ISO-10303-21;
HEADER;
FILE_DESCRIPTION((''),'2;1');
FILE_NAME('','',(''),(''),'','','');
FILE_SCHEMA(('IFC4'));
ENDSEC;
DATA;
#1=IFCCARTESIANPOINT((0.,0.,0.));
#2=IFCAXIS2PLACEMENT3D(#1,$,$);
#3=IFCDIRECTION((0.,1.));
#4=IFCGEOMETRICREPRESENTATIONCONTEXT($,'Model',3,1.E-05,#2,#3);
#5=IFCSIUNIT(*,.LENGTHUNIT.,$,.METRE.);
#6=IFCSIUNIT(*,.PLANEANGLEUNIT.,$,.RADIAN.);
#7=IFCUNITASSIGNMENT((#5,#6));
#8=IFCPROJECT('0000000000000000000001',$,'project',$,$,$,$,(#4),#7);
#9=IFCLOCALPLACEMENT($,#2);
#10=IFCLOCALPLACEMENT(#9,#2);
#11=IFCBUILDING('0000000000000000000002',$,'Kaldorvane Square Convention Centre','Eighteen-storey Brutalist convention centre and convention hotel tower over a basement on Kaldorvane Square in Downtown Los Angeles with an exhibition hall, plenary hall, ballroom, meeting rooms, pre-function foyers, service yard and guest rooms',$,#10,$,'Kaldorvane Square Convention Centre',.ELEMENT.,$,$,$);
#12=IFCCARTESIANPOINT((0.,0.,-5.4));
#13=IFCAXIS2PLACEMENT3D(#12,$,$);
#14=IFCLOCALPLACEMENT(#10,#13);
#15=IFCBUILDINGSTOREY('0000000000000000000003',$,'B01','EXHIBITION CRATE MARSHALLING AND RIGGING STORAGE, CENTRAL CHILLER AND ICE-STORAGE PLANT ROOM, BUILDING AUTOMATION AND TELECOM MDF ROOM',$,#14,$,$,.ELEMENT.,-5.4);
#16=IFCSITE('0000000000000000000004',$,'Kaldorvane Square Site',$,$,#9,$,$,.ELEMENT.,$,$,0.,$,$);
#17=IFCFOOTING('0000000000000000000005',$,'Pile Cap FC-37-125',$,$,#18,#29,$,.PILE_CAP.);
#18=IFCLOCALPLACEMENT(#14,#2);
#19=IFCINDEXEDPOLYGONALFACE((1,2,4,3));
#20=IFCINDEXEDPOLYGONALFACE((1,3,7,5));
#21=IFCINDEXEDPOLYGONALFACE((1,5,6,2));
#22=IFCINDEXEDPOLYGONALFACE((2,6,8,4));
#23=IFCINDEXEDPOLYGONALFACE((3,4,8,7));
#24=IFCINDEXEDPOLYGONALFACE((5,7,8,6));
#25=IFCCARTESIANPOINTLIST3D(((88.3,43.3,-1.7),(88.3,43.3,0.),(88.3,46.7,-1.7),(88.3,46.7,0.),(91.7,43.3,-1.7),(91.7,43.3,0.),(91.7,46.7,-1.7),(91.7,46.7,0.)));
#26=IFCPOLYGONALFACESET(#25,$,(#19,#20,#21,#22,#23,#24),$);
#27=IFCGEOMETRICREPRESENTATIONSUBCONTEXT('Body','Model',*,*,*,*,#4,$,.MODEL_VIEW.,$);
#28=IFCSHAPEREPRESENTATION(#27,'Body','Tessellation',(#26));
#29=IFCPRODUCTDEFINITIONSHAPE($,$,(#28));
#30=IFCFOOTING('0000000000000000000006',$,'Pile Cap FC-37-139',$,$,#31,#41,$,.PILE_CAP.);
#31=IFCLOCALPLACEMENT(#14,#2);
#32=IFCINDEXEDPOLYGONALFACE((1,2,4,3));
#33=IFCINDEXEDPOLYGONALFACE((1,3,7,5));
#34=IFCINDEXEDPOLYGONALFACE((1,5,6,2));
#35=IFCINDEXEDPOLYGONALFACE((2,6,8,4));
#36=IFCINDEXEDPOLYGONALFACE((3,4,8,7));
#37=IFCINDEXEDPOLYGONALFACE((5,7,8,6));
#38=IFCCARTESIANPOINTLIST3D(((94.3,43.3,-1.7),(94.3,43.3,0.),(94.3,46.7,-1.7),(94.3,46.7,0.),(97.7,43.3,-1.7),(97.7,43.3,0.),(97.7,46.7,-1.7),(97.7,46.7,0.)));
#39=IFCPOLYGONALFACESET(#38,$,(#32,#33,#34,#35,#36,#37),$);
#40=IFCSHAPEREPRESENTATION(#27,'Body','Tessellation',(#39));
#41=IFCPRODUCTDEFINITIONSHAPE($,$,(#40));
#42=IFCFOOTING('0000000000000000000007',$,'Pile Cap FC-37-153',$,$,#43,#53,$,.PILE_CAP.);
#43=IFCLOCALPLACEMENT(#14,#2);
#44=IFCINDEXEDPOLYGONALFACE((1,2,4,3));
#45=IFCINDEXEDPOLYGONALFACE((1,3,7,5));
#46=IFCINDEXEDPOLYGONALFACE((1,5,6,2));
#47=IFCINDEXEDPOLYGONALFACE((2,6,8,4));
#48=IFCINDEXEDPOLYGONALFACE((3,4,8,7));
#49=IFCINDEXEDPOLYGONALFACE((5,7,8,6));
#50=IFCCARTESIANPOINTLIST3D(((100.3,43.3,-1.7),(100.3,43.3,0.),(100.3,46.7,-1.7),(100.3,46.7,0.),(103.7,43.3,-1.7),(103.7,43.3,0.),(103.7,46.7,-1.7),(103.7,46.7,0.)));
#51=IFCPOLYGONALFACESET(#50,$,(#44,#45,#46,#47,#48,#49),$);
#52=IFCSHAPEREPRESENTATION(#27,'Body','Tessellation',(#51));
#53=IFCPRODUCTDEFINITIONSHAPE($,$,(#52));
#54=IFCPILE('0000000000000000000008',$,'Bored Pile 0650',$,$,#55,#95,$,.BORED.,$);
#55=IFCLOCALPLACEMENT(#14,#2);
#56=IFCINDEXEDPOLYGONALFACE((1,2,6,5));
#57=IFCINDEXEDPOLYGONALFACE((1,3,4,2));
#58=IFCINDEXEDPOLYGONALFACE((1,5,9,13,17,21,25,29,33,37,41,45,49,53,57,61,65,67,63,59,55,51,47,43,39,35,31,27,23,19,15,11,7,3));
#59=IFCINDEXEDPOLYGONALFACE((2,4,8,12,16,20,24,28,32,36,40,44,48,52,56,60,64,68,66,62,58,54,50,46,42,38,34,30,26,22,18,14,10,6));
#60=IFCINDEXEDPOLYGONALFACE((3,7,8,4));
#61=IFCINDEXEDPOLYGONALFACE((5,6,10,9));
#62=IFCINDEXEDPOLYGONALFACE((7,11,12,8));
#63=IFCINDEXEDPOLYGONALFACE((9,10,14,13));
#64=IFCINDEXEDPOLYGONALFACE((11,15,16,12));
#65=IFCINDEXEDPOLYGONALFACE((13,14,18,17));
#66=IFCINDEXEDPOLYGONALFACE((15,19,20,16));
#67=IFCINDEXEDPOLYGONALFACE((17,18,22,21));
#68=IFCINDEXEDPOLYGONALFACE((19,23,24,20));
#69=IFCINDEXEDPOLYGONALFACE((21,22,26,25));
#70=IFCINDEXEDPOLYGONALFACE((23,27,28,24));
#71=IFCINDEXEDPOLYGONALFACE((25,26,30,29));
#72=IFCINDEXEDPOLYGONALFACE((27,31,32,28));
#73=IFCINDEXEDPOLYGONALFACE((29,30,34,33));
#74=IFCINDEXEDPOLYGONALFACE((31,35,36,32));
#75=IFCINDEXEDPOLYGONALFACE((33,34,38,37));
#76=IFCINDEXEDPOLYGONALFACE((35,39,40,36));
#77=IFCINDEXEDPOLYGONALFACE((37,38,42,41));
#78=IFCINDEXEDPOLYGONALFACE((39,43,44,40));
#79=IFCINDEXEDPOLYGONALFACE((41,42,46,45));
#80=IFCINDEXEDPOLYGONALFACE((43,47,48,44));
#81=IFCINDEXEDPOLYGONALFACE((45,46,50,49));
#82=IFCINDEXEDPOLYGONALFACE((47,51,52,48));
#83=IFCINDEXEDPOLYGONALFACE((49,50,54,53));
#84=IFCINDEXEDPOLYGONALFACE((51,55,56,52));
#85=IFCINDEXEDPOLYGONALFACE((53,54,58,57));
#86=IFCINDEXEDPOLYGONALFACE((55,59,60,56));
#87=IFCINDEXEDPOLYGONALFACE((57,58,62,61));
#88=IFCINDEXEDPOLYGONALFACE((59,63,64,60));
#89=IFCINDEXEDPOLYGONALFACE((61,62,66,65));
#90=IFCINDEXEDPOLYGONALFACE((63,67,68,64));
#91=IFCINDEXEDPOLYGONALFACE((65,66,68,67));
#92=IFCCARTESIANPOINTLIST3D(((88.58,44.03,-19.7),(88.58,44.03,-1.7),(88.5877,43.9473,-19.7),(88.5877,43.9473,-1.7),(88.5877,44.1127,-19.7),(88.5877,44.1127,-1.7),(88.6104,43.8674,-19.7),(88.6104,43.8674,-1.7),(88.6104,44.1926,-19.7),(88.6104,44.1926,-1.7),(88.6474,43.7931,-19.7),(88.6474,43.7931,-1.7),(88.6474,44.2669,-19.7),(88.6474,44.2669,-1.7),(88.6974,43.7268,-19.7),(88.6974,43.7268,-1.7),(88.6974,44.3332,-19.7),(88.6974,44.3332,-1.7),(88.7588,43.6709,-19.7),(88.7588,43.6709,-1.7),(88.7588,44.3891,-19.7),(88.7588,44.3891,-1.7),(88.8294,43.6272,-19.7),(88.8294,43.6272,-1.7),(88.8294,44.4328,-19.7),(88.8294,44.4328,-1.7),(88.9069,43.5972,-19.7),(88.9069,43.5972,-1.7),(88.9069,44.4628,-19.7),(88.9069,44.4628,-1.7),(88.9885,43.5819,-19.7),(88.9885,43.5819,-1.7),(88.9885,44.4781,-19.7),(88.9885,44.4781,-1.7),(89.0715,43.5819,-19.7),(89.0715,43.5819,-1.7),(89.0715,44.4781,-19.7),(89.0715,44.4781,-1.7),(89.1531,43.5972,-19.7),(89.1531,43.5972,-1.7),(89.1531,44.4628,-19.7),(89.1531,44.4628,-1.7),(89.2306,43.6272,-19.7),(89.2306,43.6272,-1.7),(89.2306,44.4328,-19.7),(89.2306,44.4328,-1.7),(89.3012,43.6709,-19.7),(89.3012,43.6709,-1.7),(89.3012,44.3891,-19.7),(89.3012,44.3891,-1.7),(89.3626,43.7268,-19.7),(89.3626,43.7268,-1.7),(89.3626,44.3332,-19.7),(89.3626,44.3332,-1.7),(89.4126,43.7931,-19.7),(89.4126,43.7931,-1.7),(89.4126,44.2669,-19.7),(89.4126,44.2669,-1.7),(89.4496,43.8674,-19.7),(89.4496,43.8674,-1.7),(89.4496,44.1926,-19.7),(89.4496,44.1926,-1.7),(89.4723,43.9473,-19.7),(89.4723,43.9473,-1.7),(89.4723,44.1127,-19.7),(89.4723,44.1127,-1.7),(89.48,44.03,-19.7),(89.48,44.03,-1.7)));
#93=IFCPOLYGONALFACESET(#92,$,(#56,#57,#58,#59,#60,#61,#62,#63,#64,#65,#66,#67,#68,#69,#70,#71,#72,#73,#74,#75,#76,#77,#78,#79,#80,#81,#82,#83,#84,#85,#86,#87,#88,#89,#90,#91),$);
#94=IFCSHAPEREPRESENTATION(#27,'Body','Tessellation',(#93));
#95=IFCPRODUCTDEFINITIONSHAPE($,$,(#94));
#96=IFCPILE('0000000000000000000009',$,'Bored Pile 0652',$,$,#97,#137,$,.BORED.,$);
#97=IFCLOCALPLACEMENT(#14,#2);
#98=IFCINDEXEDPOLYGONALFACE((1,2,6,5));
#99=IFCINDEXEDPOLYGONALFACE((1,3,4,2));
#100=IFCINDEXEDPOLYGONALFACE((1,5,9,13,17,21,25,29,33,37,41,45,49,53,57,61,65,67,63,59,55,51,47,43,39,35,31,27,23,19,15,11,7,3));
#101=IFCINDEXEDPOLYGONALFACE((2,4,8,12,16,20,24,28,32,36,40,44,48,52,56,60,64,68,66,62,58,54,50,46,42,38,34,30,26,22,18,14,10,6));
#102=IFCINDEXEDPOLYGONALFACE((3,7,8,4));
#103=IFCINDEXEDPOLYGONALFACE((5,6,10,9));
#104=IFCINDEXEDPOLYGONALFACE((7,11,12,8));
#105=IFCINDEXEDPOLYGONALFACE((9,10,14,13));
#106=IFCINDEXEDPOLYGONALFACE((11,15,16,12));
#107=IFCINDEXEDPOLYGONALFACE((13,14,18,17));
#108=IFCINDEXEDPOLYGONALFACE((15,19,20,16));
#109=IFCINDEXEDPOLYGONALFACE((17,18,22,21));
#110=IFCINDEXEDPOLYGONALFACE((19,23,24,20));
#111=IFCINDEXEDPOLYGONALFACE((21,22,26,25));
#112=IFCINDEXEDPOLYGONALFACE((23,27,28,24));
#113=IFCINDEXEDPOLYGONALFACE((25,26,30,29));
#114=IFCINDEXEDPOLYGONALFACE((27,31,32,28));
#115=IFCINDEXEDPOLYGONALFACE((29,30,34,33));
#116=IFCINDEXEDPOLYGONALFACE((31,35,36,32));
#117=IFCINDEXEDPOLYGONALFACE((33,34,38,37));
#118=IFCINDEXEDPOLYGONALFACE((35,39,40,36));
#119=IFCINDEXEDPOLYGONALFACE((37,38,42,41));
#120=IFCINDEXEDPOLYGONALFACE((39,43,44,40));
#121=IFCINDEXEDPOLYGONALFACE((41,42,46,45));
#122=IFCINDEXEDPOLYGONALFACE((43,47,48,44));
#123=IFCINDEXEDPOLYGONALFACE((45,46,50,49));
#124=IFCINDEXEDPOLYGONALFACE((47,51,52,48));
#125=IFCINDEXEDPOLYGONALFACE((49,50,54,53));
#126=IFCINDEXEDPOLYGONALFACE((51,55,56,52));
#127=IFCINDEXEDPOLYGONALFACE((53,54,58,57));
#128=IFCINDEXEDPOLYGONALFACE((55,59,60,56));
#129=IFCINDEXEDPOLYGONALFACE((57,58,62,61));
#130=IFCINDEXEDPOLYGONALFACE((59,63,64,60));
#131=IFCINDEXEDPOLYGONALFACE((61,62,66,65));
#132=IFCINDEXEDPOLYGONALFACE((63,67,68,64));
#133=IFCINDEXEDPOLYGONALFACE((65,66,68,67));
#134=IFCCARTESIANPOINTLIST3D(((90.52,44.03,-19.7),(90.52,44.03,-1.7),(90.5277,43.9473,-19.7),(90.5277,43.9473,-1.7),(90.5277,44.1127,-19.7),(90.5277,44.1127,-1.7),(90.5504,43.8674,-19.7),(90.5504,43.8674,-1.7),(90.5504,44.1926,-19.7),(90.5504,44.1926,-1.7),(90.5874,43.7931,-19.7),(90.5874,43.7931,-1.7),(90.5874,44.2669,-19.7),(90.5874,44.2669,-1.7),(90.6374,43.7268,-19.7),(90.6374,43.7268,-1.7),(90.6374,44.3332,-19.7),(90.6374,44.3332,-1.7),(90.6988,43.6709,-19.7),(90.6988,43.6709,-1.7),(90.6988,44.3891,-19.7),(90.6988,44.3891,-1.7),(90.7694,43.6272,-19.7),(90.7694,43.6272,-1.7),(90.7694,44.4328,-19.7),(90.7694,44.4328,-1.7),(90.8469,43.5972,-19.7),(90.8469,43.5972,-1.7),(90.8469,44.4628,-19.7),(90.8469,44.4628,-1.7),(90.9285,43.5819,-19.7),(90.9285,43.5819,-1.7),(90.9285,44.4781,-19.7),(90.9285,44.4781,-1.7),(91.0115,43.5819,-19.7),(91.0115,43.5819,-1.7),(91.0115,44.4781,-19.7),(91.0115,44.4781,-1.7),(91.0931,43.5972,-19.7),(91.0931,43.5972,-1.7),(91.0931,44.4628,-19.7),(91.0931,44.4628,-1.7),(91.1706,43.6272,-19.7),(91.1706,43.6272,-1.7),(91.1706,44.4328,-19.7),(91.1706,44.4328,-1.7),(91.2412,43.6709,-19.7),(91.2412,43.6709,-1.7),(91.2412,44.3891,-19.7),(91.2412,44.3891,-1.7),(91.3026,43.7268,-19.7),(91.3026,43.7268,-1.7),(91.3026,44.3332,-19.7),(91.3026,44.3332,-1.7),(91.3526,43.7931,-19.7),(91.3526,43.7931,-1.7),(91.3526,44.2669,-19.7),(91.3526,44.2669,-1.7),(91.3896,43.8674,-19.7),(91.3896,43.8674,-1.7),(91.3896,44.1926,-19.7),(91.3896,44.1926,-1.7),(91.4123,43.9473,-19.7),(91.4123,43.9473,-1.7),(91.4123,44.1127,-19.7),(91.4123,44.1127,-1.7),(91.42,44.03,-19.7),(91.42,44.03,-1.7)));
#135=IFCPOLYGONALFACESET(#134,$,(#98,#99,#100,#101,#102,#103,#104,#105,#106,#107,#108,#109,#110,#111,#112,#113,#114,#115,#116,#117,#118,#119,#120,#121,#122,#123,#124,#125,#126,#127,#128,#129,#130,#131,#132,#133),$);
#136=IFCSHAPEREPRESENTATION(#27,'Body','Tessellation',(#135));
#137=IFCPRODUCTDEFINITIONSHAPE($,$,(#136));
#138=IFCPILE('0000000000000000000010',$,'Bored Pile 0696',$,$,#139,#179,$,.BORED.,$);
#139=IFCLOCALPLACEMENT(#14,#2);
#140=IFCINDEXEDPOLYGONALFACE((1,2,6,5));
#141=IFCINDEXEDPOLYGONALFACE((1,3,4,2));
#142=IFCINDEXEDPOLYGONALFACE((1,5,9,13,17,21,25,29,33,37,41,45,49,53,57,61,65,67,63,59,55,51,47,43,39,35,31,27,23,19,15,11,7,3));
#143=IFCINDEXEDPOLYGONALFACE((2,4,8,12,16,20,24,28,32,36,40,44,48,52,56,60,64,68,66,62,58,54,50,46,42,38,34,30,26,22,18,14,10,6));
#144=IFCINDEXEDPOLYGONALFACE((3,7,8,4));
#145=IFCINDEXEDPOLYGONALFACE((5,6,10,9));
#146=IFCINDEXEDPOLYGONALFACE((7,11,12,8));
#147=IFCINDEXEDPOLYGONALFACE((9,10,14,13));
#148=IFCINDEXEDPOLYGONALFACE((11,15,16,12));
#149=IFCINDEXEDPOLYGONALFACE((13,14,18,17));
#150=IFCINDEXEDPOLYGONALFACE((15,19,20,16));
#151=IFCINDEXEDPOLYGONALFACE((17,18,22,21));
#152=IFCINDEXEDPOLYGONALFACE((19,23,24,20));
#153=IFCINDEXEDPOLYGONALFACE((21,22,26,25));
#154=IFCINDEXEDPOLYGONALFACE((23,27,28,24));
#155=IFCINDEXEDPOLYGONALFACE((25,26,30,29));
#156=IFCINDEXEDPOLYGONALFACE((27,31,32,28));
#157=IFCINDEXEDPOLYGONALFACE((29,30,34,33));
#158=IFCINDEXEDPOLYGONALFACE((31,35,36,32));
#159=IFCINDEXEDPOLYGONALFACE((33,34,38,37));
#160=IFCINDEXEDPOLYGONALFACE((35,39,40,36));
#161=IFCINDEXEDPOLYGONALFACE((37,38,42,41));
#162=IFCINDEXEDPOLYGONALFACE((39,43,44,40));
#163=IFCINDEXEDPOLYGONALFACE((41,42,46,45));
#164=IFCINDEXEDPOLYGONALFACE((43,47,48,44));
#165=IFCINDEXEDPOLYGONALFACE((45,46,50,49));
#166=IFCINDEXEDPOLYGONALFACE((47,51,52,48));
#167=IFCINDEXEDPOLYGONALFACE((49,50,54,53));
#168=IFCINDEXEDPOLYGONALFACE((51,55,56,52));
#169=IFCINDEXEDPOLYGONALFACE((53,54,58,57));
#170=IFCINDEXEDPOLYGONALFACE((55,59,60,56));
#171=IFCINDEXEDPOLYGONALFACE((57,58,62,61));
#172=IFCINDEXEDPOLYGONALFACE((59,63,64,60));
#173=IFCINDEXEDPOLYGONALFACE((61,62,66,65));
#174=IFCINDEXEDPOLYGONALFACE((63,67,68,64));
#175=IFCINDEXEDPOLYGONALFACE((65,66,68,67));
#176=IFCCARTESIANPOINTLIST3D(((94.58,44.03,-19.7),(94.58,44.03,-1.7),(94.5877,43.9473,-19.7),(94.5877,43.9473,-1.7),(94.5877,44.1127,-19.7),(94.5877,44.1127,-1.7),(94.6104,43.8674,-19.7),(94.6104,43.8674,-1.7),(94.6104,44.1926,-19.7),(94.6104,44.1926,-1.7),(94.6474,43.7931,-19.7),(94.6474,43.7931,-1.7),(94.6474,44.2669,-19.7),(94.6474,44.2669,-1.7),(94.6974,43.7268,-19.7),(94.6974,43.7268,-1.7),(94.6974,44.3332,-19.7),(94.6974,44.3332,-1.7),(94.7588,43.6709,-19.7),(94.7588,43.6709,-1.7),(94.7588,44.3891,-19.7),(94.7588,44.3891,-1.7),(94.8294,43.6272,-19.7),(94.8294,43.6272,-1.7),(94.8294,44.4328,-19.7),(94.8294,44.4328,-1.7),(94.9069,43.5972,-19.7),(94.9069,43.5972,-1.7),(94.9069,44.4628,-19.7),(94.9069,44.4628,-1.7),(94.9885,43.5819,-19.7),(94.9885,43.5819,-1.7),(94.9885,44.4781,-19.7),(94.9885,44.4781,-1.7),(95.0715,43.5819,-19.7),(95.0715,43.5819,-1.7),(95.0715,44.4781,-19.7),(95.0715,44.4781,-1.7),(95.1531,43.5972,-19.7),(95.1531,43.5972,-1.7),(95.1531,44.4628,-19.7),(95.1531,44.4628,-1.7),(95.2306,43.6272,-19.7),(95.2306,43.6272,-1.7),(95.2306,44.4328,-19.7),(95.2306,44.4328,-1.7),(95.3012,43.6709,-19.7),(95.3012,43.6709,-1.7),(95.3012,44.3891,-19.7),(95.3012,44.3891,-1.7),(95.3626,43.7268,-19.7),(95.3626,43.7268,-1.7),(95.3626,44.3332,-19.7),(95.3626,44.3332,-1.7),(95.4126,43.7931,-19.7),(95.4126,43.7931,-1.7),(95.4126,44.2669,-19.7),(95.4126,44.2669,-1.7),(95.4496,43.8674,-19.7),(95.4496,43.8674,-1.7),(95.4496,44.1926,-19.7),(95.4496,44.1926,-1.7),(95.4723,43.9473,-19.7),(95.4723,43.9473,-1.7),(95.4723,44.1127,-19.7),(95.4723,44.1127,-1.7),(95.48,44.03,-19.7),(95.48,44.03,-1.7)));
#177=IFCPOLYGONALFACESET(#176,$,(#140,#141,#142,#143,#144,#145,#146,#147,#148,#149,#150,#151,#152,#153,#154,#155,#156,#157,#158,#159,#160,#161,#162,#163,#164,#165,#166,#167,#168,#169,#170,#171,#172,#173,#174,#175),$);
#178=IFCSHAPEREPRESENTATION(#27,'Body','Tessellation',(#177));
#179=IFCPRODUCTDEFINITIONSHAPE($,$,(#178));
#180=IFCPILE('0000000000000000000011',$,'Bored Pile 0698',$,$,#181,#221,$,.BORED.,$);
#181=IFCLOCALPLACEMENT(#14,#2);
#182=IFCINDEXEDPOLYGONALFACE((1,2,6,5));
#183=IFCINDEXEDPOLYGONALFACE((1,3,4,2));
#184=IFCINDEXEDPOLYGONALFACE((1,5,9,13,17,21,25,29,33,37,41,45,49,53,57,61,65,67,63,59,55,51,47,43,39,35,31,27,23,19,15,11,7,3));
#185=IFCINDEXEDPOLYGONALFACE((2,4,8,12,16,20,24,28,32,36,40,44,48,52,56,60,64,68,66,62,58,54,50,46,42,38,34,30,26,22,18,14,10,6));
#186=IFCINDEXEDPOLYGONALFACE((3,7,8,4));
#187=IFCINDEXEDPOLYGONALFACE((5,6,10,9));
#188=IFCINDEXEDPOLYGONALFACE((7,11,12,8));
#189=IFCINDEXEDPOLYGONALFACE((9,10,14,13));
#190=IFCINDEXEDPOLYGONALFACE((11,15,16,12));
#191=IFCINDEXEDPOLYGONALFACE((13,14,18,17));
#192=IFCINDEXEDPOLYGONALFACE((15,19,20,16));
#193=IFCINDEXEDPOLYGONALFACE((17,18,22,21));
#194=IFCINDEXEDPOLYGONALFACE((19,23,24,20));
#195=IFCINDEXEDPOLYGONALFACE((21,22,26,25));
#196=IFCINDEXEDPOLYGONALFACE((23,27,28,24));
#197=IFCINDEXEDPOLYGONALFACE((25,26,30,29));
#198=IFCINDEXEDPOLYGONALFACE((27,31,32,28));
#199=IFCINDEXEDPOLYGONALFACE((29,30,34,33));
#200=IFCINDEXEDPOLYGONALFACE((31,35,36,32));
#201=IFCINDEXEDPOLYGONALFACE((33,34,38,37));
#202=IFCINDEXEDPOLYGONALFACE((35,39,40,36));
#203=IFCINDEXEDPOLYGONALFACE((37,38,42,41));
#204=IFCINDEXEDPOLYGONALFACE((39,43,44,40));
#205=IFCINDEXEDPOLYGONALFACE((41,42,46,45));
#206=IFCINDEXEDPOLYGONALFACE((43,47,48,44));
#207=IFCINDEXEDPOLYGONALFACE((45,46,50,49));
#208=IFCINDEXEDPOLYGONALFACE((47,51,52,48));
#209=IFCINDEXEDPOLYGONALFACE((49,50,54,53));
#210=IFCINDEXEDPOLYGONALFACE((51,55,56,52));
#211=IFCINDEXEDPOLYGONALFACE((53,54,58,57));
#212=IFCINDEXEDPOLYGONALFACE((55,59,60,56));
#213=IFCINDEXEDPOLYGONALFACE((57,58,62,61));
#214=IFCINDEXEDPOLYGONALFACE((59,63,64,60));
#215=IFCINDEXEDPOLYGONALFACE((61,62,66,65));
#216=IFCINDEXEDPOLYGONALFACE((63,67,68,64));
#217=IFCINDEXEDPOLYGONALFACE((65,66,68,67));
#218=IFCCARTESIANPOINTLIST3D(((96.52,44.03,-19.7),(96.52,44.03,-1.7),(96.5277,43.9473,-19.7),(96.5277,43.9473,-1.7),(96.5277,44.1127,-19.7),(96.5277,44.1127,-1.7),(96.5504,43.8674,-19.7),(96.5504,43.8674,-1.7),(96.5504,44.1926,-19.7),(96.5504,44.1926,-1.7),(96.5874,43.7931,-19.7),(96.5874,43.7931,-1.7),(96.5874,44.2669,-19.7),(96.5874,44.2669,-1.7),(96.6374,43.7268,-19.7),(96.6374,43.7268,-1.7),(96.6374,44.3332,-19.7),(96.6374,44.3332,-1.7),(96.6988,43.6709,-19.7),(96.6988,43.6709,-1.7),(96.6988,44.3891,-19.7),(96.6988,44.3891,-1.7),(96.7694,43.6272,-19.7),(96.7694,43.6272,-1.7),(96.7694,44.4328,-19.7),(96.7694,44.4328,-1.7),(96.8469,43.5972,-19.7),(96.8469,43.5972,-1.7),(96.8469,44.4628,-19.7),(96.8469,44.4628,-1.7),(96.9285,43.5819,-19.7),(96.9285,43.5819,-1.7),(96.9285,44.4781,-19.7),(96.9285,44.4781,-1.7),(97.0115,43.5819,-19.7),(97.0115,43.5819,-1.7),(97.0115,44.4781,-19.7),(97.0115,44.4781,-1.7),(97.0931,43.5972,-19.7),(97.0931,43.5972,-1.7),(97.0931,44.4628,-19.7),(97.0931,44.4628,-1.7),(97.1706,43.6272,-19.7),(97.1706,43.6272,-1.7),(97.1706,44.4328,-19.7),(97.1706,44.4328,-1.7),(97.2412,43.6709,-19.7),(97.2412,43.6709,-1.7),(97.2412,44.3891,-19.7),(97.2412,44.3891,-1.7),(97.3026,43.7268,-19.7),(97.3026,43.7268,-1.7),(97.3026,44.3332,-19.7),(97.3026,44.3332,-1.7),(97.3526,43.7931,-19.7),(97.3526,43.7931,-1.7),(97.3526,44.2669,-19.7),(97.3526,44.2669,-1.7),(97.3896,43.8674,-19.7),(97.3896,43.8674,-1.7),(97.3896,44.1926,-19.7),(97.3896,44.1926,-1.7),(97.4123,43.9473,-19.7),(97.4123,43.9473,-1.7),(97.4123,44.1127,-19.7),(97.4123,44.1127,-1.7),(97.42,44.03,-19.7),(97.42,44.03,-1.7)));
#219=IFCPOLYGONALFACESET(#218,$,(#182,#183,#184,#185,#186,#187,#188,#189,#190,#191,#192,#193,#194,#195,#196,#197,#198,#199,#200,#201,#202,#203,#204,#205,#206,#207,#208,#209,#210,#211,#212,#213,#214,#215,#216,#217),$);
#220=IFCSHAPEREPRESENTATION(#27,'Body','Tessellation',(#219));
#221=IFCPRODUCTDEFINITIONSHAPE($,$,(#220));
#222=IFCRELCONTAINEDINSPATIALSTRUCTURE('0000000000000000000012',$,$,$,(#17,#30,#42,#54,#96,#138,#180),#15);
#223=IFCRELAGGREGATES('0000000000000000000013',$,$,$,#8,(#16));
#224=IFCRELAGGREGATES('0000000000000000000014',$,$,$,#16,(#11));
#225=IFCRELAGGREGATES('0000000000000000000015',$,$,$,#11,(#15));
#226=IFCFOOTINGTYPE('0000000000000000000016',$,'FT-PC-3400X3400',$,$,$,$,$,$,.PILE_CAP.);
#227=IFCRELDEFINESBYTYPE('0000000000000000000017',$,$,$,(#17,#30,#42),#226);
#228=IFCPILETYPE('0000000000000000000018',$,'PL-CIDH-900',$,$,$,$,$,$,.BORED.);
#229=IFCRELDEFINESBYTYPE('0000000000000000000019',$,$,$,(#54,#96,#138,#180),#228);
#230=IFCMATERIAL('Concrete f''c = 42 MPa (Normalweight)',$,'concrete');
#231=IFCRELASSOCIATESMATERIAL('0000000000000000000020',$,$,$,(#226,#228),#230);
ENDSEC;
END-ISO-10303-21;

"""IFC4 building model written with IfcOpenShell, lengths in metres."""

from ifc_helpers import new_model, si_unit, direction, frame, origin, origin_2d, place, context, subcontext, project, spatial, rectangle, circle, extrude, material, material_profile, profile_set, type_object, element, save


model = new_model("IFC4")

# Units and contexts
model_context = context("Model", 3, precision=1e-05, world=origin(), true_north=direction((0.0, 1.0)))
body_context = subcontext(model_context, "Body", "Model", "MODEL_VIEW")
ifc_project = project(units=[si_unit("LENGTHUNIT", "METRE"), si_unit("PLANEANGLEUNIT", "RADIAN")], contexts=[model_context])

# Site, building, storey
site_placement = place(None, origin())
site = spatial("IfcSite", under=ifc_project, at=site_placement, Name="Kaldorvane Square Site", CompositionType="ELEMENT", RefElevation=0.0)
building_placement = place(site_placement, origin())
building = spatial("IfcBuilding", under=site, at=building_placement, Name="Kaldorvane Square Convention Centre", Description="Eighteen-storey Brutalist convention centre and convention hotel tower over a basement on Kaldorvane Square in Downtown Los Angeles with an exhibition hall, plenary hall, ballroom, meeting rooms, pre-function foyers, service yard and guest rooms", LongName="Kaldorvane Square Convention Centre", CompositionType="ELEMENT")
storey_placement = place(building_placement, frame((0.0, 0.0, -5.4)))
storey = spatial("IfcBuildingStorey", under=building, at=storey_placement, Name="B01", Description="EXHIBITION CRATE MARSHALLING AND RIGGING STORAGE, CENTRAL CHILLER AND ICE-STORAGE PLANT ROOM, BUILDING AUTOMATION AND TELECOM MDF ROOM", CompositionType="ELEMENT", Elevation=-5.4)

# Footings
ifc_material_1 = material(Name="Concrete f'c = 42 MPa (Normalweight)", Category="concrete")
footing_type = type_object("IfcFootingType", Name="FT-PC-3400X3400", PredefinedType="PILE_CAP", material=ifc_material_1)
for number, where, z_axis, x_axis, name in (
    (1, (90.0, 45.0, -1.7), (0.0, 0.0, 1.0), (1.0, 0.0, 0.0), "Pile Cap FC-37-125"),
    (2, (96.0, 45.0, -1.7), (0.0, 0.0, 1.0), (1.0, 0.0, 0.0), "Pile Cap FC-37-139"),
    (3, (102.0, 45.0, -1.7), (0.0, 0.0, 1.0), (1.0, 0.0, 0.0), "Pile Cap FC-37-153"),
):
    element("IfcFooting", number, at=place(storey_placement, frame(where, z_axis=z_axis, x_axis=x_axis)), inside=storey, type_object=footing_type, Name=name, PredefinedType="PILE_CAP", context=body_context, shape_type="SweptSolid", body=[
        extrude(rectangle(XDim=3.4, YDim=3.4, at=origin_2d()), origin(), (0.0, 0.0, 1.0), 1.7),
    ])

# Piles
ifc_material_profile_1 = material_profile(ifc_material_1, circle(Radius=0.45, at=origin_2d()), Name="PILE-D900")
ifc_profile_set_1 = profile_set([ifc_material_profile_1], Name="Concrete f'c = 42 MPa (Normalweight)")
pile_type = type_object("IfcPileType", Name="PL-CIDH-900", PredefinedType="BORED", material=ifc_profile_set_1)
for number, where, z_axis, x_axis, name in (
    (4, (89.03, 44.03, -1.7), (0.0, 0.0, -1.0), (1.0, 0.0, 0.0), "Bored Pile 0650"),
    (5, (90.97, 44.03, -1.7), (0.0, 0.0, -1.0), (1.0, 0.0, 0.0), "Bored Pile 0652"),
    (6, (95.03, 44.03, -1.7), (0.0, 0.0, -1.0), (1.0, 0.0, 0.0), "Bored Pile 0696"),
    (7, (96.97, 44.03, -1.7), (0.0, 0.0, -1.0), (1.0, 0.0, 0.0), "Bored Pile 0698"),
):
    element("IfcPile", number, at=place(storey_placement, frame(where, z_axis=z_axis, x_axis=x_axis)), inside=storey, type_object=pile_type, Name=name, PredefinedType="BORED", context=body_context, shape_type="SweptSolid", body=[
        extrude(circle(Radius=0.45, at=origin_2d()), origin(), (0.0, 0.0, 1.0), 18.0),
    ])

save(model, "model.ifc")
